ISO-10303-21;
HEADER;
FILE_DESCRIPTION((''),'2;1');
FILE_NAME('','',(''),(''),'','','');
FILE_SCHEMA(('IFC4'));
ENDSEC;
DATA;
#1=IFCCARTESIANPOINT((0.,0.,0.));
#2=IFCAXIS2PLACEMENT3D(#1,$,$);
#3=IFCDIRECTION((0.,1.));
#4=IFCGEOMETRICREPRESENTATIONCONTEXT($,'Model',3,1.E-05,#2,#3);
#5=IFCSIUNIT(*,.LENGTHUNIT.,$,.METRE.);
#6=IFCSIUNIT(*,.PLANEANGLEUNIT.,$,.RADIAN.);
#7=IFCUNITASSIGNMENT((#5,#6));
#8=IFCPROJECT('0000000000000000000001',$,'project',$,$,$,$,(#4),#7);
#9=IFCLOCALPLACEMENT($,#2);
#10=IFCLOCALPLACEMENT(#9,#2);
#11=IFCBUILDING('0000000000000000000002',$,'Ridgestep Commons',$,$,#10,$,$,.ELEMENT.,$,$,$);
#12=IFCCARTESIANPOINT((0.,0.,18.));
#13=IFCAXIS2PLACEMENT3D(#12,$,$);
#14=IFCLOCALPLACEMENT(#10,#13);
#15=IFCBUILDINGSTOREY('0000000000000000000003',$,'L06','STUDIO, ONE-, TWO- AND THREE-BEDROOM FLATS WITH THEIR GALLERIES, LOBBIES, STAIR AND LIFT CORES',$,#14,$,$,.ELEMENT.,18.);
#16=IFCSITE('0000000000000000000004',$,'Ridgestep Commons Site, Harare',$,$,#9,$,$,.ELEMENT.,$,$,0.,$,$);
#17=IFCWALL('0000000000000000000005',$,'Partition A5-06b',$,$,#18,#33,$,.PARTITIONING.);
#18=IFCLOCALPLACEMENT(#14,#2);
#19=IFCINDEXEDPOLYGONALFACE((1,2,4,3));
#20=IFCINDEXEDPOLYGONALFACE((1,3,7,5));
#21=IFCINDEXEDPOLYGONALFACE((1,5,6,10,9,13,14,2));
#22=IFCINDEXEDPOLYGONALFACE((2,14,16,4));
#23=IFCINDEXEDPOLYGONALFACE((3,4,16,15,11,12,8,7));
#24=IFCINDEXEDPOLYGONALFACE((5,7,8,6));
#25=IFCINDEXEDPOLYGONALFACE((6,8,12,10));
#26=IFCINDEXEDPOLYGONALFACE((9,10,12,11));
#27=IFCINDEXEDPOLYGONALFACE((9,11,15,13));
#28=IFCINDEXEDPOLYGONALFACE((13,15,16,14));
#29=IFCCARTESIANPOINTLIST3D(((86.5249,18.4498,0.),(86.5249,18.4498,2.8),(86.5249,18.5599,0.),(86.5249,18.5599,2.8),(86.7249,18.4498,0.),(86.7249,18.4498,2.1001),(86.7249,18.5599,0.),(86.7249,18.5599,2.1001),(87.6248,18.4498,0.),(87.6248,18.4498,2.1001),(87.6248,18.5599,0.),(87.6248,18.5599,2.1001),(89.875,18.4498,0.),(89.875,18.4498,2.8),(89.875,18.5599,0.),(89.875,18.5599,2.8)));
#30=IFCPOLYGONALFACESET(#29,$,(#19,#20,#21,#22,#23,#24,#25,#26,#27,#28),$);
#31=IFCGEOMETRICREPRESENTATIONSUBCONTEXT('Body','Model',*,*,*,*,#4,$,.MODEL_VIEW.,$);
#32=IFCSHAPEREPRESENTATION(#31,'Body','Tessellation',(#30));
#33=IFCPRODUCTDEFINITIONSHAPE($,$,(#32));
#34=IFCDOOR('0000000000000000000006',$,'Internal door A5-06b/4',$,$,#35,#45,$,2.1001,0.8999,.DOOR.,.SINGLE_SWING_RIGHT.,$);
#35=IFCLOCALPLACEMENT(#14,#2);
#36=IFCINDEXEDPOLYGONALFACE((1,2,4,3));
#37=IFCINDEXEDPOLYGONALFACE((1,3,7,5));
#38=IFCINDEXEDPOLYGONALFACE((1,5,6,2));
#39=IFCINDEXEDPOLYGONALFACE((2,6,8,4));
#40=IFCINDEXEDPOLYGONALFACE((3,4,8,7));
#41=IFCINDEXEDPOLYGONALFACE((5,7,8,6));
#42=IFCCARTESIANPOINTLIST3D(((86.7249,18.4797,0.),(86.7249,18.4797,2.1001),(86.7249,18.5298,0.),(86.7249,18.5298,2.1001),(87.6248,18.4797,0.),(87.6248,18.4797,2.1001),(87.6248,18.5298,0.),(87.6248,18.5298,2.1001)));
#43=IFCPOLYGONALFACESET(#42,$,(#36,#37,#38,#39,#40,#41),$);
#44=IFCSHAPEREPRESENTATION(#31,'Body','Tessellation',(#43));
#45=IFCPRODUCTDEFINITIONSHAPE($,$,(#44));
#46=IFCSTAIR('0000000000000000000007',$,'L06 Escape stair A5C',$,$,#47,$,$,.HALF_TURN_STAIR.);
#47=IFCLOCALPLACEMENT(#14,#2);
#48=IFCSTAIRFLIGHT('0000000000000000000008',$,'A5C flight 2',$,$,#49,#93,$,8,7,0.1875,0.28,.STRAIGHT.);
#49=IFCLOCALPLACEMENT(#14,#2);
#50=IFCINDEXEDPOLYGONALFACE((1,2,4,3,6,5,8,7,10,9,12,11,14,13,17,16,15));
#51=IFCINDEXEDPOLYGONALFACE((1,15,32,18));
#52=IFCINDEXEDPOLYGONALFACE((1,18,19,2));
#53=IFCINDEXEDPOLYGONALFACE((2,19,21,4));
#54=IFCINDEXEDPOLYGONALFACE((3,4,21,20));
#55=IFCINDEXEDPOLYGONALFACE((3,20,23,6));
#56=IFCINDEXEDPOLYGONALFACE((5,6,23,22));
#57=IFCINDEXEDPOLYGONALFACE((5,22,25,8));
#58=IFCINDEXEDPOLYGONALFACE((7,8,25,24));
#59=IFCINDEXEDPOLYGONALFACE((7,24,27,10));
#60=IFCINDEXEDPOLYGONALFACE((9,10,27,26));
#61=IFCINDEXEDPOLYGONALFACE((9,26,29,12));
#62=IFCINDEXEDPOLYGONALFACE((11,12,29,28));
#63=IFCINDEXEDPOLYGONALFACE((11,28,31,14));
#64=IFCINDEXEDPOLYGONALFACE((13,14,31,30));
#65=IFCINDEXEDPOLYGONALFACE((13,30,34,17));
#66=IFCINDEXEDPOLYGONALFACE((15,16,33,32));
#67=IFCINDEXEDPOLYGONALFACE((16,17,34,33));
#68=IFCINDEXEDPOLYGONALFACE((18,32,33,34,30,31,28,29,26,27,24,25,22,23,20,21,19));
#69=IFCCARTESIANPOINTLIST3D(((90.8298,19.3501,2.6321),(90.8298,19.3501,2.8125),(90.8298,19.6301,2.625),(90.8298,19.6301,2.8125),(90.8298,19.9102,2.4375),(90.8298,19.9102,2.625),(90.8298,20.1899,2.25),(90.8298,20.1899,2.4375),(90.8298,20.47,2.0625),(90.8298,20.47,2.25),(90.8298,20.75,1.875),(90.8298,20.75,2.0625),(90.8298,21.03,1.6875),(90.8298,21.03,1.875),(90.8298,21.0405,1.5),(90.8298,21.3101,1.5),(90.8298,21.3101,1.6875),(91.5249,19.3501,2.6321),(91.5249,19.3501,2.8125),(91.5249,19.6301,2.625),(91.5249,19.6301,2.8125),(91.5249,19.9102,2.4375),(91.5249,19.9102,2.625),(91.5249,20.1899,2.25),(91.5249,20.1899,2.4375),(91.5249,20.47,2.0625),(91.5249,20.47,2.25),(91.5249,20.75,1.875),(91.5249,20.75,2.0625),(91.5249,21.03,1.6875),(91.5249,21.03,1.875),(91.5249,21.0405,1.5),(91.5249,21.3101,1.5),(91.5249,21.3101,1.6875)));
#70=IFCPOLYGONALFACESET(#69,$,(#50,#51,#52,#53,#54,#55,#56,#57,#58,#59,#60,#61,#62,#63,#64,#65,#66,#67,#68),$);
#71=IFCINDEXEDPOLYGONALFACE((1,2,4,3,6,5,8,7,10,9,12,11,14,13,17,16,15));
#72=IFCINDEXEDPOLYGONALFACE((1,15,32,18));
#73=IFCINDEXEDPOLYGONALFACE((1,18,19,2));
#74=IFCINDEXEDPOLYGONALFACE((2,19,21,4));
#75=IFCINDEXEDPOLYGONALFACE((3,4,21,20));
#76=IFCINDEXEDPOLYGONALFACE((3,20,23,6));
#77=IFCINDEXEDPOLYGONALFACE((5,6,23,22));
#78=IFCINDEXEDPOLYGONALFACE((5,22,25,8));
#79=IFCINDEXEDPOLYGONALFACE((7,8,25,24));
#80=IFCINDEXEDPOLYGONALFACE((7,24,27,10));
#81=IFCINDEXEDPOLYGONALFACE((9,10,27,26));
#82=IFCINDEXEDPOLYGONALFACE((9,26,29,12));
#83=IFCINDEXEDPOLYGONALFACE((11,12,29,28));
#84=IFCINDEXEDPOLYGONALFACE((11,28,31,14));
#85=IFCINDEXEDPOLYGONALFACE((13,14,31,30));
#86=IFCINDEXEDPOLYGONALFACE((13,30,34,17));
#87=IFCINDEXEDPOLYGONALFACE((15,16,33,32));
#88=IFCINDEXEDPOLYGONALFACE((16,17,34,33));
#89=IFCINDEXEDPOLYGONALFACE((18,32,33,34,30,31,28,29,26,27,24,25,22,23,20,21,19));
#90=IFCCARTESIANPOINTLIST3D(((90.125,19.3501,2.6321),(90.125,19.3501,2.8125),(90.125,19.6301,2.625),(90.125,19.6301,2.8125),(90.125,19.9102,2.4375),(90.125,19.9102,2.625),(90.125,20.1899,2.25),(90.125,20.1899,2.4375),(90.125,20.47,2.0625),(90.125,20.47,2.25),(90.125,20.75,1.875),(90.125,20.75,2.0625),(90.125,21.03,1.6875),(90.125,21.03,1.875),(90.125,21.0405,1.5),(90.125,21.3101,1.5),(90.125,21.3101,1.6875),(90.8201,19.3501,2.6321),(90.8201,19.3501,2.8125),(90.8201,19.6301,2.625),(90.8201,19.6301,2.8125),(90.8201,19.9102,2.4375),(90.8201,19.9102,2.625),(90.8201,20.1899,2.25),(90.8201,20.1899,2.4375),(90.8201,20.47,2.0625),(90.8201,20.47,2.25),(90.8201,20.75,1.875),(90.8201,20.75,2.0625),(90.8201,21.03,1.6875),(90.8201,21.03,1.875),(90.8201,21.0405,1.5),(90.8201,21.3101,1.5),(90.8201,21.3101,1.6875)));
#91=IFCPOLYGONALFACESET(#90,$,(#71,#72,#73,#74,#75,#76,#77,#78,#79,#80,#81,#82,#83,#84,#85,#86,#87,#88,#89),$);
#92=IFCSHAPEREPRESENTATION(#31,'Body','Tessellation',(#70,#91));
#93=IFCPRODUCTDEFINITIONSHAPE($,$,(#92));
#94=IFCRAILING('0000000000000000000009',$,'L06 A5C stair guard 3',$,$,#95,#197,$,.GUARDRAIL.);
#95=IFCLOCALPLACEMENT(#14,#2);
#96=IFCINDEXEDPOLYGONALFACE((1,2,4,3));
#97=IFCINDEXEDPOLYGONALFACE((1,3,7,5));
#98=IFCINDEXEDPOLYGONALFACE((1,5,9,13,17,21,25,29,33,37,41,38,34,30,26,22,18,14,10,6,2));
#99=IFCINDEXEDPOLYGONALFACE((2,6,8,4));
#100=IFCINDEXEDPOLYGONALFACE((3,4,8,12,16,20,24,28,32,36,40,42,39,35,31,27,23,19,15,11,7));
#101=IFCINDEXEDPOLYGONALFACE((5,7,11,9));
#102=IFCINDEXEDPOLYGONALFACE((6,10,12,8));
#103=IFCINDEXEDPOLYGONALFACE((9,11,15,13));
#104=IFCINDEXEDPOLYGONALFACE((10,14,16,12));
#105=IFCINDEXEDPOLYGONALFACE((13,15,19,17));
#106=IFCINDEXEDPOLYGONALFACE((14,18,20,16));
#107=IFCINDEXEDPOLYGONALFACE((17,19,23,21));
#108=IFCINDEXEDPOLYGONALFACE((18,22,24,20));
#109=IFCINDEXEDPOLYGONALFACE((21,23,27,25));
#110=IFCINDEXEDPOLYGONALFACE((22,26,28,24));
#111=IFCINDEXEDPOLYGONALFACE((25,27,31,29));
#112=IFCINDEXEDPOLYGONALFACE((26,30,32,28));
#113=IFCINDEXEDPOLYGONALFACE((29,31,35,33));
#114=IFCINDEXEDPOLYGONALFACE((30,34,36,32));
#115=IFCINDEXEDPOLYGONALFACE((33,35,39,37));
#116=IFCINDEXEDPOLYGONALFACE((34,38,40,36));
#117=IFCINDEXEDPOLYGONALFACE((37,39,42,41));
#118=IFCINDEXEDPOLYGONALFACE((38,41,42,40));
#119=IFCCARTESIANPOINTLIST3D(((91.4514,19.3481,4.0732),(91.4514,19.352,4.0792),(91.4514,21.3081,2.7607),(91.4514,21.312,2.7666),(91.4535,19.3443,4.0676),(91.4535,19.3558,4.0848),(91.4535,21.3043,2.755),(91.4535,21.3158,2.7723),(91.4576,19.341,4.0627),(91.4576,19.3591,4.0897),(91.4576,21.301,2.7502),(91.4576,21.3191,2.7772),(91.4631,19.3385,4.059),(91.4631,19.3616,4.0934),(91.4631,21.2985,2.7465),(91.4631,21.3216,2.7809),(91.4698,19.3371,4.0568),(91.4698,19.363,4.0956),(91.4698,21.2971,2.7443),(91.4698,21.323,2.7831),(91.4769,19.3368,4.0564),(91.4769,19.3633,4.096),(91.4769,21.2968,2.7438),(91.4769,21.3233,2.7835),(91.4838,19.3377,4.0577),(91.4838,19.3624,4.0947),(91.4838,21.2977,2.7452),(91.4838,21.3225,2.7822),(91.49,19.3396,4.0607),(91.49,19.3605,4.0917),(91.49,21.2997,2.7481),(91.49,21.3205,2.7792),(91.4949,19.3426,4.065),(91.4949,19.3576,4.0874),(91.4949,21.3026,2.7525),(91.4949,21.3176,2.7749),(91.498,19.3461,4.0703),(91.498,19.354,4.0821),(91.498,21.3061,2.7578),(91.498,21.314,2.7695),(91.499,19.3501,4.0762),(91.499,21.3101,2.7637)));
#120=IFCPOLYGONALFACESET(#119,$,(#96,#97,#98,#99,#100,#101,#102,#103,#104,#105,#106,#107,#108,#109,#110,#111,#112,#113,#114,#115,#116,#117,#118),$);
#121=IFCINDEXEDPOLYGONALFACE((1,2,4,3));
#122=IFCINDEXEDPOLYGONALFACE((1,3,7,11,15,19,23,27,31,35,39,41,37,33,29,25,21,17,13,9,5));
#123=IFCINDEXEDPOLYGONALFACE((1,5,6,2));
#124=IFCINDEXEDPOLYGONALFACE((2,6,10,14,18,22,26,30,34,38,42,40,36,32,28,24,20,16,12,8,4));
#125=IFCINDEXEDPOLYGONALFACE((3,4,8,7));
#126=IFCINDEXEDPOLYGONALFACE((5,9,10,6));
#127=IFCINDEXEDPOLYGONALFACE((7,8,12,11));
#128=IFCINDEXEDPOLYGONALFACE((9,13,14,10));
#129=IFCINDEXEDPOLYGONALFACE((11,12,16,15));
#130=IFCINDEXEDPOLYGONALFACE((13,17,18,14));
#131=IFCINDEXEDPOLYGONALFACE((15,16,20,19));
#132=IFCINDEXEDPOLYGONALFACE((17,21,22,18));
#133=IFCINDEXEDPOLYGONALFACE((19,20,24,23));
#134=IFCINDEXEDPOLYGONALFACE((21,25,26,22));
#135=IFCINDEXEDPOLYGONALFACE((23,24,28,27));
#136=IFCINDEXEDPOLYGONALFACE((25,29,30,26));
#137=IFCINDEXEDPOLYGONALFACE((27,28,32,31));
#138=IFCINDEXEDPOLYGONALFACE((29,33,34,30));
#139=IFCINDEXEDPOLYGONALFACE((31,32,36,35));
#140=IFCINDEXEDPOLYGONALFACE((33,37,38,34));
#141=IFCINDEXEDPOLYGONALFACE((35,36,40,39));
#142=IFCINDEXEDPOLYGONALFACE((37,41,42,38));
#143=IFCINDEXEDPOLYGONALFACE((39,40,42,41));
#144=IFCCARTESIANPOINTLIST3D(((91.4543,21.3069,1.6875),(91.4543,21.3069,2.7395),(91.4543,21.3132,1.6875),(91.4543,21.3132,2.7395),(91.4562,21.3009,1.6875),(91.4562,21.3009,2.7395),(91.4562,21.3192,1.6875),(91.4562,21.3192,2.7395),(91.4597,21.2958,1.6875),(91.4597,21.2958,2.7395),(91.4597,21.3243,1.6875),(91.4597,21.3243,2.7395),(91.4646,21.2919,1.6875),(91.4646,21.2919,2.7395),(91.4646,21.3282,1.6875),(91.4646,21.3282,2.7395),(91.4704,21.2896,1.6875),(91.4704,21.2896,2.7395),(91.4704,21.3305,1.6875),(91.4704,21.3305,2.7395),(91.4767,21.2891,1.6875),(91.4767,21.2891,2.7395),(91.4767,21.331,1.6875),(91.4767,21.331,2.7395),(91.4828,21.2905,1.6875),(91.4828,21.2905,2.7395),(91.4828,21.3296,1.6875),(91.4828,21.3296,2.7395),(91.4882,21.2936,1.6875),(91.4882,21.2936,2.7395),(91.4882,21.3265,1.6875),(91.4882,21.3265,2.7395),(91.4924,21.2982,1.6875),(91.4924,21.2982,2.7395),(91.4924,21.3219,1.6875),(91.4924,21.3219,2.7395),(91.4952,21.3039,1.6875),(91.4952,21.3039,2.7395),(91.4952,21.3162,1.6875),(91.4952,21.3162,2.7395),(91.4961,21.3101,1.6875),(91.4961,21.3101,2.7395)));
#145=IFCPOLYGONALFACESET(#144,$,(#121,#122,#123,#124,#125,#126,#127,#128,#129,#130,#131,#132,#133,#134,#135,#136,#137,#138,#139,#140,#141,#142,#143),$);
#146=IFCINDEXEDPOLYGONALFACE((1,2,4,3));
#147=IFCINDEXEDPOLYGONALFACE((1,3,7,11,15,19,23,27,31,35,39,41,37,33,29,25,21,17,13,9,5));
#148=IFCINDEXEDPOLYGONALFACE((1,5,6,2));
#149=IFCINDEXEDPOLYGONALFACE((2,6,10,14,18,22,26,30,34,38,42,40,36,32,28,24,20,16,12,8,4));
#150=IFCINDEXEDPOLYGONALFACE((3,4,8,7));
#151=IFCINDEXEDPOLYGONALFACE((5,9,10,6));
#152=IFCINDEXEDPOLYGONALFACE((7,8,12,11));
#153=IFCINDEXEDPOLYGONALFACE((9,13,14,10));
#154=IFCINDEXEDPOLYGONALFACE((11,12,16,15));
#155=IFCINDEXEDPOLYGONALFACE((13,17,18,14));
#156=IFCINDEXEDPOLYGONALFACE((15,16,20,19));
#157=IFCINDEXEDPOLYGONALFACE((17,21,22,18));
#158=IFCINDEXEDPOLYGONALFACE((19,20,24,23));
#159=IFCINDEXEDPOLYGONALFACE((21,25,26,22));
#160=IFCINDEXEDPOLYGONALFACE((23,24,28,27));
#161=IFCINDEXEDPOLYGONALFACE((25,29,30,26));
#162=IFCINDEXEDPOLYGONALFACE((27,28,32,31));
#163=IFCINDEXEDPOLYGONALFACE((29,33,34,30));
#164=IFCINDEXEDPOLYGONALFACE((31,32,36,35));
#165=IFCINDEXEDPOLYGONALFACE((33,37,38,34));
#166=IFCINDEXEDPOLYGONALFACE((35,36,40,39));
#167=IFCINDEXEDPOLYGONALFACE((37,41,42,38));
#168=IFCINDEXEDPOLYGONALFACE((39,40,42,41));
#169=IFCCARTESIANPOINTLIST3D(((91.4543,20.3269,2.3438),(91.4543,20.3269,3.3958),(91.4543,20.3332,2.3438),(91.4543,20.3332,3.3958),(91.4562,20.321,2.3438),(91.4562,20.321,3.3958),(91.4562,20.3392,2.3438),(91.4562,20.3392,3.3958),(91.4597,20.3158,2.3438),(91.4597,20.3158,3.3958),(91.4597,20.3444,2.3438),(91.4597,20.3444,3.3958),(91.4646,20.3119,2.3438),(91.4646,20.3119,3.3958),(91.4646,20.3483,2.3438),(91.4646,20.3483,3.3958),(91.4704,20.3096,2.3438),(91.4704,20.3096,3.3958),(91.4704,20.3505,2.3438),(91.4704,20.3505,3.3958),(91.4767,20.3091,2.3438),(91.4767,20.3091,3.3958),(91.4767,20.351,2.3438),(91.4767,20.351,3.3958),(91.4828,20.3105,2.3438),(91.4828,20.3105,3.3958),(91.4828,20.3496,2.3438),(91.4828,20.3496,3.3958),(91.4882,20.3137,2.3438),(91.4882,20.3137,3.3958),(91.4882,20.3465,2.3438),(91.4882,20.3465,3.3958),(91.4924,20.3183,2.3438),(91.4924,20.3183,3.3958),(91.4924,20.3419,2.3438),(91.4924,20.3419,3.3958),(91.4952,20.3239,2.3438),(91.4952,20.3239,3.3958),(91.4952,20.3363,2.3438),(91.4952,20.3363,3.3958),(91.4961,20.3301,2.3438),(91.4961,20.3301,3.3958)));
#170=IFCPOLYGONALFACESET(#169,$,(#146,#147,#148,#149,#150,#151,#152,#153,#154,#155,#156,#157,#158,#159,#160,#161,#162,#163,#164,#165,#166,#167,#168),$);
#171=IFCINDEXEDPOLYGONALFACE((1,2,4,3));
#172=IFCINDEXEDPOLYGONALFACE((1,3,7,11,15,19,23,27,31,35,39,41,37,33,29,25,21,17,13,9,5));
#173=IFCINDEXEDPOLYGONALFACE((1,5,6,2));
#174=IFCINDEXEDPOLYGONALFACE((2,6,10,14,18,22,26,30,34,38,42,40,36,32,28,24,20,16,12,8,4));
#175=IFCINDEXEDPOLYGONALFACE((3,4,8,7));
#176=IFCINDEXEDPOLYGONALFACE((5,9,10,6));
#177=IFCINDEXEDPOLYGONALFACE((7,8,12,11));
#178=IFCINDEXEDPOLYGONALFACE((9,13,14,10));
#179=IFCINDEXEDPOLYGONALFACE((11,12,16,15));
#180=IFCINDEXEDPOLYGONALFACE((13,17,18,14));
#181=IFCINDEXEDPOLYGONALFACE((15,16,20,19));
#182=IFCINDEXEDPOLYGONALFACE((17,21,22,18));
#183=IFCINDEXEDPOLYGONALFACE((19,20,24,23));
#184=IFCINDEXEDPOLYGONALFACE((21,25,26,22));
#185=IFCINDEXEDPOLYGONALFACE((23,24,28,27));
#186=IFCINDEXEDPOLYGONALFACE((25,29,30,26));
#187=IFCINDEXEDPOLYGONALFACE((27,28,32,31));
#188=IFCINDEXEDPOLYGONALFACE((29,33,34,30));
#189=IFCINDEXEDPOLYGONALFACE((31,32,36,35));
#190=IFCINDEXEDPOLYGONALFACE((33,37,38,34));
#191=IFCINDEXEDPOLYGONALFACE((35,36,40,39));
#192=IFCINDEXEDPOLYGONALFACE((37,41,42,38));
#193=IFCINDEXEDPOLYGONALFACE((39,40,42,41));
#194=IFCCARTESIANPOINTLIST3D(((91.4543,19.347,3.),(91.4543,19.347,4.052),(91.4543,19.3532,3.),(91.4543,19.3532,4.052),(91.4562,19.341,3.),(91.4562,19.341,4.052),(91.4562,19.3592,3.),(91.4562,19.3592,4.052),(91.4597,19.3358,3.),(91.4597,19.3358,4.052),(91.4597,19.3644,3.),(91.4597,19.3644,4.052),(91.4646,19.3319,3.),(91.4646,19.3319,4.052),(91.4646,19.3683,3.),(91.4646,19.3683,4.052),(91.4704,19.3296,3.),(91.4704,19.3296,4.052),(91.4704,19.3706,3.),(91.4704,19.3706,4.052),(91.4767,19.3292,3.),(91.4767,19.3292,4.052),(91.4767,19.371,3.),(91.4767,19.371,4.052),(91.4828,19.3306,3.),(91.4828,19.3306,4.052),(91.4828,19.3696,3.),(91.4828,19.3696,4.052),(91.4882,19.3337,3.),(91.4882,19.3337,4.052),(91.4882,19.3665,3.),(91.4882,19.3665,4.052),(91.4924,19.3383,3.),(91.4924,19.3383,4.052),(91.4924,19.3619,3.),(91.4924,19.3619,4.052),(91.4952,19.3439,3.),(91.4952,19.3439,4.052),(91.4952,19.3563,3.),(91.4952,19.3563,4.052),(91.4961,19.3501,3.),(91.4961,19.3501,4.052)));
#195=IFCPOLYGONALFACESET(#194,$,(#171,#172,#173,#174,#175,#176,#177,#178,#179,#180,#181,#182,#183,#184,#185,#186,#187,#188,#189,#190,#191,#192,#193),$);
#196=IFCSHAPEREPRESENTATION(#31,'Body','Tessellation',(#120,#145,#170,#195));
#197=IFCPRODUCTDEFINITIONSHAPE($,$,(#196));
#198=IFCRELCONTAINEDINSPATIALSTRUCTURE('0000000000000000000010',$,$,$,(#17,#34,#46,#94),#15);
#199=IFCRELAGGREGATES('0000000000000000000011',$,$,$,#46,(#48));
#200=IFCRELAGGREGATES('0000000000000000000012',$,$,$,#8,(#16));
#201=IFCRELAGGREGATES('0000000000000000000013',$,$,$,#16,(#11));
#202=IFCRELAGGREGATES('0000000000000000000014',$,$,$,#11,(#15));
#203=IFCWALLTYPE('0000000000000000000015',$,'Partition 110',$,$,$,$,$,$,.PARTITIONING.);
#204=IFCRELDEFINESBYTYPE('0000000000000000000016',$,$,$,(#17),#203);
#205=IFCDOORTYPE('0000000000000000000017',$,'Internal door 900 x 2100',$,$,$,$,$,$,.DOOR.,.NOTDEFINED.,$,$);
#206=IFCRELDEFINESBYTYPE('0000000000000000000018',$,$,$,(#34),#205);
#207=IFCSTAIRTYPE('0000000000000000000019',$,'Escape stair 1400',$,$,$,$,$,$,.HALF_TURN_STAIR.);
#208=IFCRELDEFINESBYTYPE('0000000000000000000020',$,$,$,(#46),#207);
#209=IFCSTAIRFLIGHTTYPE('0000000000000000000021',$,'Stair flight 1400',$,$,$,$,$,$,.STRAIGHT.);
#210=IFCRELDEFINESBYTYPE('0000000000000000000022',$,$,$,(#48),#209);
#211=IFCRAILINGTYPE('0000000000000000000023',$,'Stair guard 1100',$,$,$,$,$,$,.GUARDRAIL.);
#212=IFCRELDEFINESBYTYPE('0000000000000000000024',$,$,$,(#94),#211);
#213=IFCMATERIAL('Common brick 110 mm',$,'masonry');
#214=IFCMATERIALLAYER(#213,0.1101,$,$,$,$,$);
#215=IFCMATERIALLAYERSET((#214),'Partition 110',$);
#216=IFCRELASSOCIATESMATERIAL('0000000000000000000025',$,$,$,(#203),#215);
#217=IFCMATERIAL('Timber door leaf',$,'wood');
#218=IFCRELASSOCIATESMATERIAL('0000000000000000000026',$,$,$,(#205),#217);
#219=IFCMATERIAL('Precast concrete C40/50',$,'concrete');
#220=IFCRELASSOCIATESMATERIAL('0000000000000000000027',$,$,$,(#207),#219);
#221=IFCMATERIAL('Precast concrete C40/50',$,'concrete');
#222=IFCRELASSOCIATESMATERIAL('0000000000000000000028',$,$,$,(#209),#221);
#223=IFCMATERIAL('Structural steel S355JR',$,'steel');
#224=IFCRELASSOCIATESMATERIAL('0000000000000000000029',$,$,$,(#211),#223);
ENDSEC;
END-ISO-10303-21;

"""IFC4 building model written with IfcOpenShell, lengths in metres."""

from ifc_helpers import new_model, si_unit, direction, frame, frame_2d, origin, origin_2d, place, context, subcontext, project, spatial, polyline, rectangle, circle, outline, extrude, material, layer, layer_set, type_object, element, fill, aggregate, save


model = new_model("IFC4")

# Units and contexts
model_context = context("Model", 3, precision=1e-05, world=origin(), true_north=direction((0.0, 1.0)))
body_context = subcontext(model_context, "Body", "Model", "MODEL_VIEW")
ifc_project = project(units=[si_unit("LENGTHUNIT", "METRE"), si_unit("PLANEANGLEUNIT", "RADIAN")], contexts=[model_context])

# Site, building, storey
site_placement = place(None, origin())
site = spatial("IfcSite", under=ifc_project, at=site_placement, Name="Ridgestep Commons Site, Harare", CompositionType="ELEMENT", RefElevation=0.0)
building_placement = place(site_placement, origin())
building = spatial("IfcBuilding", under=site, at=building_placement, Name="Ridgestep Commons", CompositionType="ELEMENT")
storey_placement = place(building_placement, frame((0.0, 0.0, 18.0)))
storey = spatial("IfcBuildingStorey", under=building, at=storey_placement, Name="L06", Description="STUDIO, ONE-, TWO- AND THREE-BEDROOM FLATS WITH THEIR GALLERIES, LOBBIES, STAIR AND LIFT CORES", CompositionType="ELEMENT", Elevation=18.0)

# Wall, opening, door
ifc_material_1 = material(Name="Common brick 110 mm", Category="masonry")
ifc_layer_1 = layer(ifc_material_1, 0.1101)
ifc_layer_set_1 = layer_set([ifc_layer_1], Name="Partition 110")
wall_type_1 = type_object("IfcWallType", Name="Partition 110", PredefinedType="PARTITIONING", material=ifc_layer_set_1)
wall_1_placement = place(storey_placement, frame((86.5249, 18.5049, 0.0), z_axis=(0.0, 0.0, 1.0), x_axis=(1.0, 0.0, 0.0)))
wall_1 = element("IfcWall", 1, at=wall_1_placement, inside=storey, type_object=wall_type_1, Name="Partition A5-06b", PredefinedType="PARTITIONING", context=body_context, shape_type="SweptSolid", body=[
    extrude(rectangle(XDim=3.3501, YDim=0.1101, at=frame_2d((1.675, 0.0))), origin(), (0.0, 0.0, 1.0), 2.8),
])
opening_1_placement = place(wall_1_placement, frame((0.2, 0.0, 0.0)))
opening_1 = element("IfcOpeningElement", 2, at=opening_1_placement, cuts=wall_1, PredefinedType="OPENING", context=body_context, shape_type="SweptSolid", body=[
    extrude(rectangle(XDim=0.8999, YDim=2.1001, at=frame_2d((0.45, 1.05))), frame((0.0, 0.0649, 0.0), z_axis=(0.0, -1.0, 0.0), x_axis=(1.0, 0.0, 0.0)), (0.0, 0.0, 1.0), 0.1301),
])
ifc_material_2 = material(Name="Timber door leaf", Category="wood")
door_type = type_object("IfcDoorType", Name="Internal door 900 x 2100", OperationType="NOTDEFINED", PredefinedType="DOOR", material=ifc_material_2)
door_placement = place(opening_1_placement, origin())
door = element("IfcDoor", 3, at=door_placement, inside=storey, type_object=door_type, Name="Internal door A5-06b/4", OperationType="SINGLE_SWING_RIGHT", OverallHeight=2.1001, OverallWidth=0.8999, PredefinedType="DOOR", context=body_context, shape_type="SweptSolid", body=[
    extrude(rectangle(XDim=0.8999, YDim=2.1001, at=frame_2d((0.45, 1.05))), frame((0.0, 0.0249, 0.0), z_axis=(0.0, -1.0, 0.0), x_axis=(1.0, 0.0, 0.0)), (0.0, 0.0, 1.0), 0.05),
])
fill(opening_1, door)

# Stair, stair flight
ifc_material_3 = material(Name="Precast concrete C40/50", Category="concrete")
stair_type = type_object("IfcStairType", Name="Escape stair 1400", PredefinedType="HALF_TURN_STAIR", material=ifc_material_3)
stair_placement = place(storey_placement, origin())
stair = element("IfcStair", 4, at=stair_placement, inside=storey, type_object=stair_type, Name="L06 Escape stair A5C", PredefinedType="HALF_TURN_STAIR")
ifc_material_4 = material(Name="Precast concrete C40/50", Category="concrete")
stair_flight_type = type_object("IfcStairFlightType", Name="Stair flight 1400", PredefinedType="STRAIGHT", material=ifc_material_4)
stair_flight_placement = place(storey_placement, frame((90.825, 21.3101, 1.5), z_axis=(0.0, 0.0, 1.0), x_axis=(0.0, -1.0, 0.0)))
stair_flight = element("IfcStairFlight", 5, at=stair_flight_placement, type_object=stair_flight_type, Name="A5C flight 2", NumberOfRisers=8, NumberOfTreads=7, PredefinedType="STRAIGHT", RiserHeight=0.1875, TreadLength=0.28, context=body_context, shape_type="SweptSolid", body=[
    extrude(outline(polyline([(0.0, 0.0), (0.0, 0.1875), (0.28, 0.1875), (0.28, 0.375), (0.5601, 0.375), (0.5601, 0.5625), (0.8401, 0.5625), (0.8401, 0.75), (1.1201, 0.75), (1.1201, 0.9375), (1.3999, 0.9375), (1.3999, 1.125), (1.6799, 1.125), (1.6799, 1.3125), (1.96, 1.3125), (1.96, 1.5), (1.96, 1.1321), (0.2695, 0.0), (0.0, 0.0)])), frame((0.0, 0.7, 0.0), z_axis=(0.0, -1.0, 0.0), x_axis=(1.0, 0.0, 0.0)), (0.0, 0.0, 1.0), 0.6951),
    extrude(outline(polyline([(0.0, 0.0), (0.0, 0.1875), (0.28, 0.1875), (0.28, 0.375), (0.5601, 0.375), (0.5601, 0.5625), (0.8401, 0.5625), (0.8401, 0.75), (1.1201, 0.75), (1.1201, 0.9375), (1.3999, 0.9375), (1.3999, 1.125), (1.6799, 1.125), (1.6799, 1.3125), (1.96, 1.3125), (1.96, 1.5), (1.96, 1.1321), (0.2695, 0.0), (0.0, 0.0)])), frame((0.0, -0.0049, 0.0), z_axis=(0.0, -1.0, 0.0), x_axis=(1.0, 0.0, 0.0)), (0.0, 0.0, 1.0), 0.6951),
])
aggregate(stair, [stair_flight])

# Railing
ifc_material_5 = material(Name="Structural steel S355JR", Category="steel")
railing_type_1 = type_object("IfcRailingType", Name="Stair guard 1100", PredefinedType="GUARDRAIL", material=ifc_material_5)
railing_1_placement = place(storey_placement, frame((91.4751, 21.3101, 1.6875)))
element("IfcRailing", 6, at=railing_1_placement, inside=storey, type_object=railing_type_1, Name="L06 A5C stair guard 3", PredefinedType="GUARDRAIL", context=body_context, shape_type="SweptSolid", body=[
    extrude(circle(Radius=0.0239, at=origin_2d()), frame((0.0, 0.0, 1.0762), z_axis=(0.0, -0.830902, 0.556419), x_axis=(1.0, 0.0, 0.0)), (0.0, 0.0, 1.0), 2.3589),
    extrude(circle(Radius=0.021, at=origin_2d()), origin(), (0.0, 0.0, 1.0), 1.052),
    extrude(circle(Radius=0.021, at=origin_2d()), frame((0.0, -0.98, 0.6562)), (0.0, 0.0, 1.0), 1.052),
    extrude(circle(Radius=0.021, at=origin_2d()), frame((0.0, -1.96, 1.3125)), (0.0, 0.0, 1.0), 1.052),
])

save(model, "model.ifc")
